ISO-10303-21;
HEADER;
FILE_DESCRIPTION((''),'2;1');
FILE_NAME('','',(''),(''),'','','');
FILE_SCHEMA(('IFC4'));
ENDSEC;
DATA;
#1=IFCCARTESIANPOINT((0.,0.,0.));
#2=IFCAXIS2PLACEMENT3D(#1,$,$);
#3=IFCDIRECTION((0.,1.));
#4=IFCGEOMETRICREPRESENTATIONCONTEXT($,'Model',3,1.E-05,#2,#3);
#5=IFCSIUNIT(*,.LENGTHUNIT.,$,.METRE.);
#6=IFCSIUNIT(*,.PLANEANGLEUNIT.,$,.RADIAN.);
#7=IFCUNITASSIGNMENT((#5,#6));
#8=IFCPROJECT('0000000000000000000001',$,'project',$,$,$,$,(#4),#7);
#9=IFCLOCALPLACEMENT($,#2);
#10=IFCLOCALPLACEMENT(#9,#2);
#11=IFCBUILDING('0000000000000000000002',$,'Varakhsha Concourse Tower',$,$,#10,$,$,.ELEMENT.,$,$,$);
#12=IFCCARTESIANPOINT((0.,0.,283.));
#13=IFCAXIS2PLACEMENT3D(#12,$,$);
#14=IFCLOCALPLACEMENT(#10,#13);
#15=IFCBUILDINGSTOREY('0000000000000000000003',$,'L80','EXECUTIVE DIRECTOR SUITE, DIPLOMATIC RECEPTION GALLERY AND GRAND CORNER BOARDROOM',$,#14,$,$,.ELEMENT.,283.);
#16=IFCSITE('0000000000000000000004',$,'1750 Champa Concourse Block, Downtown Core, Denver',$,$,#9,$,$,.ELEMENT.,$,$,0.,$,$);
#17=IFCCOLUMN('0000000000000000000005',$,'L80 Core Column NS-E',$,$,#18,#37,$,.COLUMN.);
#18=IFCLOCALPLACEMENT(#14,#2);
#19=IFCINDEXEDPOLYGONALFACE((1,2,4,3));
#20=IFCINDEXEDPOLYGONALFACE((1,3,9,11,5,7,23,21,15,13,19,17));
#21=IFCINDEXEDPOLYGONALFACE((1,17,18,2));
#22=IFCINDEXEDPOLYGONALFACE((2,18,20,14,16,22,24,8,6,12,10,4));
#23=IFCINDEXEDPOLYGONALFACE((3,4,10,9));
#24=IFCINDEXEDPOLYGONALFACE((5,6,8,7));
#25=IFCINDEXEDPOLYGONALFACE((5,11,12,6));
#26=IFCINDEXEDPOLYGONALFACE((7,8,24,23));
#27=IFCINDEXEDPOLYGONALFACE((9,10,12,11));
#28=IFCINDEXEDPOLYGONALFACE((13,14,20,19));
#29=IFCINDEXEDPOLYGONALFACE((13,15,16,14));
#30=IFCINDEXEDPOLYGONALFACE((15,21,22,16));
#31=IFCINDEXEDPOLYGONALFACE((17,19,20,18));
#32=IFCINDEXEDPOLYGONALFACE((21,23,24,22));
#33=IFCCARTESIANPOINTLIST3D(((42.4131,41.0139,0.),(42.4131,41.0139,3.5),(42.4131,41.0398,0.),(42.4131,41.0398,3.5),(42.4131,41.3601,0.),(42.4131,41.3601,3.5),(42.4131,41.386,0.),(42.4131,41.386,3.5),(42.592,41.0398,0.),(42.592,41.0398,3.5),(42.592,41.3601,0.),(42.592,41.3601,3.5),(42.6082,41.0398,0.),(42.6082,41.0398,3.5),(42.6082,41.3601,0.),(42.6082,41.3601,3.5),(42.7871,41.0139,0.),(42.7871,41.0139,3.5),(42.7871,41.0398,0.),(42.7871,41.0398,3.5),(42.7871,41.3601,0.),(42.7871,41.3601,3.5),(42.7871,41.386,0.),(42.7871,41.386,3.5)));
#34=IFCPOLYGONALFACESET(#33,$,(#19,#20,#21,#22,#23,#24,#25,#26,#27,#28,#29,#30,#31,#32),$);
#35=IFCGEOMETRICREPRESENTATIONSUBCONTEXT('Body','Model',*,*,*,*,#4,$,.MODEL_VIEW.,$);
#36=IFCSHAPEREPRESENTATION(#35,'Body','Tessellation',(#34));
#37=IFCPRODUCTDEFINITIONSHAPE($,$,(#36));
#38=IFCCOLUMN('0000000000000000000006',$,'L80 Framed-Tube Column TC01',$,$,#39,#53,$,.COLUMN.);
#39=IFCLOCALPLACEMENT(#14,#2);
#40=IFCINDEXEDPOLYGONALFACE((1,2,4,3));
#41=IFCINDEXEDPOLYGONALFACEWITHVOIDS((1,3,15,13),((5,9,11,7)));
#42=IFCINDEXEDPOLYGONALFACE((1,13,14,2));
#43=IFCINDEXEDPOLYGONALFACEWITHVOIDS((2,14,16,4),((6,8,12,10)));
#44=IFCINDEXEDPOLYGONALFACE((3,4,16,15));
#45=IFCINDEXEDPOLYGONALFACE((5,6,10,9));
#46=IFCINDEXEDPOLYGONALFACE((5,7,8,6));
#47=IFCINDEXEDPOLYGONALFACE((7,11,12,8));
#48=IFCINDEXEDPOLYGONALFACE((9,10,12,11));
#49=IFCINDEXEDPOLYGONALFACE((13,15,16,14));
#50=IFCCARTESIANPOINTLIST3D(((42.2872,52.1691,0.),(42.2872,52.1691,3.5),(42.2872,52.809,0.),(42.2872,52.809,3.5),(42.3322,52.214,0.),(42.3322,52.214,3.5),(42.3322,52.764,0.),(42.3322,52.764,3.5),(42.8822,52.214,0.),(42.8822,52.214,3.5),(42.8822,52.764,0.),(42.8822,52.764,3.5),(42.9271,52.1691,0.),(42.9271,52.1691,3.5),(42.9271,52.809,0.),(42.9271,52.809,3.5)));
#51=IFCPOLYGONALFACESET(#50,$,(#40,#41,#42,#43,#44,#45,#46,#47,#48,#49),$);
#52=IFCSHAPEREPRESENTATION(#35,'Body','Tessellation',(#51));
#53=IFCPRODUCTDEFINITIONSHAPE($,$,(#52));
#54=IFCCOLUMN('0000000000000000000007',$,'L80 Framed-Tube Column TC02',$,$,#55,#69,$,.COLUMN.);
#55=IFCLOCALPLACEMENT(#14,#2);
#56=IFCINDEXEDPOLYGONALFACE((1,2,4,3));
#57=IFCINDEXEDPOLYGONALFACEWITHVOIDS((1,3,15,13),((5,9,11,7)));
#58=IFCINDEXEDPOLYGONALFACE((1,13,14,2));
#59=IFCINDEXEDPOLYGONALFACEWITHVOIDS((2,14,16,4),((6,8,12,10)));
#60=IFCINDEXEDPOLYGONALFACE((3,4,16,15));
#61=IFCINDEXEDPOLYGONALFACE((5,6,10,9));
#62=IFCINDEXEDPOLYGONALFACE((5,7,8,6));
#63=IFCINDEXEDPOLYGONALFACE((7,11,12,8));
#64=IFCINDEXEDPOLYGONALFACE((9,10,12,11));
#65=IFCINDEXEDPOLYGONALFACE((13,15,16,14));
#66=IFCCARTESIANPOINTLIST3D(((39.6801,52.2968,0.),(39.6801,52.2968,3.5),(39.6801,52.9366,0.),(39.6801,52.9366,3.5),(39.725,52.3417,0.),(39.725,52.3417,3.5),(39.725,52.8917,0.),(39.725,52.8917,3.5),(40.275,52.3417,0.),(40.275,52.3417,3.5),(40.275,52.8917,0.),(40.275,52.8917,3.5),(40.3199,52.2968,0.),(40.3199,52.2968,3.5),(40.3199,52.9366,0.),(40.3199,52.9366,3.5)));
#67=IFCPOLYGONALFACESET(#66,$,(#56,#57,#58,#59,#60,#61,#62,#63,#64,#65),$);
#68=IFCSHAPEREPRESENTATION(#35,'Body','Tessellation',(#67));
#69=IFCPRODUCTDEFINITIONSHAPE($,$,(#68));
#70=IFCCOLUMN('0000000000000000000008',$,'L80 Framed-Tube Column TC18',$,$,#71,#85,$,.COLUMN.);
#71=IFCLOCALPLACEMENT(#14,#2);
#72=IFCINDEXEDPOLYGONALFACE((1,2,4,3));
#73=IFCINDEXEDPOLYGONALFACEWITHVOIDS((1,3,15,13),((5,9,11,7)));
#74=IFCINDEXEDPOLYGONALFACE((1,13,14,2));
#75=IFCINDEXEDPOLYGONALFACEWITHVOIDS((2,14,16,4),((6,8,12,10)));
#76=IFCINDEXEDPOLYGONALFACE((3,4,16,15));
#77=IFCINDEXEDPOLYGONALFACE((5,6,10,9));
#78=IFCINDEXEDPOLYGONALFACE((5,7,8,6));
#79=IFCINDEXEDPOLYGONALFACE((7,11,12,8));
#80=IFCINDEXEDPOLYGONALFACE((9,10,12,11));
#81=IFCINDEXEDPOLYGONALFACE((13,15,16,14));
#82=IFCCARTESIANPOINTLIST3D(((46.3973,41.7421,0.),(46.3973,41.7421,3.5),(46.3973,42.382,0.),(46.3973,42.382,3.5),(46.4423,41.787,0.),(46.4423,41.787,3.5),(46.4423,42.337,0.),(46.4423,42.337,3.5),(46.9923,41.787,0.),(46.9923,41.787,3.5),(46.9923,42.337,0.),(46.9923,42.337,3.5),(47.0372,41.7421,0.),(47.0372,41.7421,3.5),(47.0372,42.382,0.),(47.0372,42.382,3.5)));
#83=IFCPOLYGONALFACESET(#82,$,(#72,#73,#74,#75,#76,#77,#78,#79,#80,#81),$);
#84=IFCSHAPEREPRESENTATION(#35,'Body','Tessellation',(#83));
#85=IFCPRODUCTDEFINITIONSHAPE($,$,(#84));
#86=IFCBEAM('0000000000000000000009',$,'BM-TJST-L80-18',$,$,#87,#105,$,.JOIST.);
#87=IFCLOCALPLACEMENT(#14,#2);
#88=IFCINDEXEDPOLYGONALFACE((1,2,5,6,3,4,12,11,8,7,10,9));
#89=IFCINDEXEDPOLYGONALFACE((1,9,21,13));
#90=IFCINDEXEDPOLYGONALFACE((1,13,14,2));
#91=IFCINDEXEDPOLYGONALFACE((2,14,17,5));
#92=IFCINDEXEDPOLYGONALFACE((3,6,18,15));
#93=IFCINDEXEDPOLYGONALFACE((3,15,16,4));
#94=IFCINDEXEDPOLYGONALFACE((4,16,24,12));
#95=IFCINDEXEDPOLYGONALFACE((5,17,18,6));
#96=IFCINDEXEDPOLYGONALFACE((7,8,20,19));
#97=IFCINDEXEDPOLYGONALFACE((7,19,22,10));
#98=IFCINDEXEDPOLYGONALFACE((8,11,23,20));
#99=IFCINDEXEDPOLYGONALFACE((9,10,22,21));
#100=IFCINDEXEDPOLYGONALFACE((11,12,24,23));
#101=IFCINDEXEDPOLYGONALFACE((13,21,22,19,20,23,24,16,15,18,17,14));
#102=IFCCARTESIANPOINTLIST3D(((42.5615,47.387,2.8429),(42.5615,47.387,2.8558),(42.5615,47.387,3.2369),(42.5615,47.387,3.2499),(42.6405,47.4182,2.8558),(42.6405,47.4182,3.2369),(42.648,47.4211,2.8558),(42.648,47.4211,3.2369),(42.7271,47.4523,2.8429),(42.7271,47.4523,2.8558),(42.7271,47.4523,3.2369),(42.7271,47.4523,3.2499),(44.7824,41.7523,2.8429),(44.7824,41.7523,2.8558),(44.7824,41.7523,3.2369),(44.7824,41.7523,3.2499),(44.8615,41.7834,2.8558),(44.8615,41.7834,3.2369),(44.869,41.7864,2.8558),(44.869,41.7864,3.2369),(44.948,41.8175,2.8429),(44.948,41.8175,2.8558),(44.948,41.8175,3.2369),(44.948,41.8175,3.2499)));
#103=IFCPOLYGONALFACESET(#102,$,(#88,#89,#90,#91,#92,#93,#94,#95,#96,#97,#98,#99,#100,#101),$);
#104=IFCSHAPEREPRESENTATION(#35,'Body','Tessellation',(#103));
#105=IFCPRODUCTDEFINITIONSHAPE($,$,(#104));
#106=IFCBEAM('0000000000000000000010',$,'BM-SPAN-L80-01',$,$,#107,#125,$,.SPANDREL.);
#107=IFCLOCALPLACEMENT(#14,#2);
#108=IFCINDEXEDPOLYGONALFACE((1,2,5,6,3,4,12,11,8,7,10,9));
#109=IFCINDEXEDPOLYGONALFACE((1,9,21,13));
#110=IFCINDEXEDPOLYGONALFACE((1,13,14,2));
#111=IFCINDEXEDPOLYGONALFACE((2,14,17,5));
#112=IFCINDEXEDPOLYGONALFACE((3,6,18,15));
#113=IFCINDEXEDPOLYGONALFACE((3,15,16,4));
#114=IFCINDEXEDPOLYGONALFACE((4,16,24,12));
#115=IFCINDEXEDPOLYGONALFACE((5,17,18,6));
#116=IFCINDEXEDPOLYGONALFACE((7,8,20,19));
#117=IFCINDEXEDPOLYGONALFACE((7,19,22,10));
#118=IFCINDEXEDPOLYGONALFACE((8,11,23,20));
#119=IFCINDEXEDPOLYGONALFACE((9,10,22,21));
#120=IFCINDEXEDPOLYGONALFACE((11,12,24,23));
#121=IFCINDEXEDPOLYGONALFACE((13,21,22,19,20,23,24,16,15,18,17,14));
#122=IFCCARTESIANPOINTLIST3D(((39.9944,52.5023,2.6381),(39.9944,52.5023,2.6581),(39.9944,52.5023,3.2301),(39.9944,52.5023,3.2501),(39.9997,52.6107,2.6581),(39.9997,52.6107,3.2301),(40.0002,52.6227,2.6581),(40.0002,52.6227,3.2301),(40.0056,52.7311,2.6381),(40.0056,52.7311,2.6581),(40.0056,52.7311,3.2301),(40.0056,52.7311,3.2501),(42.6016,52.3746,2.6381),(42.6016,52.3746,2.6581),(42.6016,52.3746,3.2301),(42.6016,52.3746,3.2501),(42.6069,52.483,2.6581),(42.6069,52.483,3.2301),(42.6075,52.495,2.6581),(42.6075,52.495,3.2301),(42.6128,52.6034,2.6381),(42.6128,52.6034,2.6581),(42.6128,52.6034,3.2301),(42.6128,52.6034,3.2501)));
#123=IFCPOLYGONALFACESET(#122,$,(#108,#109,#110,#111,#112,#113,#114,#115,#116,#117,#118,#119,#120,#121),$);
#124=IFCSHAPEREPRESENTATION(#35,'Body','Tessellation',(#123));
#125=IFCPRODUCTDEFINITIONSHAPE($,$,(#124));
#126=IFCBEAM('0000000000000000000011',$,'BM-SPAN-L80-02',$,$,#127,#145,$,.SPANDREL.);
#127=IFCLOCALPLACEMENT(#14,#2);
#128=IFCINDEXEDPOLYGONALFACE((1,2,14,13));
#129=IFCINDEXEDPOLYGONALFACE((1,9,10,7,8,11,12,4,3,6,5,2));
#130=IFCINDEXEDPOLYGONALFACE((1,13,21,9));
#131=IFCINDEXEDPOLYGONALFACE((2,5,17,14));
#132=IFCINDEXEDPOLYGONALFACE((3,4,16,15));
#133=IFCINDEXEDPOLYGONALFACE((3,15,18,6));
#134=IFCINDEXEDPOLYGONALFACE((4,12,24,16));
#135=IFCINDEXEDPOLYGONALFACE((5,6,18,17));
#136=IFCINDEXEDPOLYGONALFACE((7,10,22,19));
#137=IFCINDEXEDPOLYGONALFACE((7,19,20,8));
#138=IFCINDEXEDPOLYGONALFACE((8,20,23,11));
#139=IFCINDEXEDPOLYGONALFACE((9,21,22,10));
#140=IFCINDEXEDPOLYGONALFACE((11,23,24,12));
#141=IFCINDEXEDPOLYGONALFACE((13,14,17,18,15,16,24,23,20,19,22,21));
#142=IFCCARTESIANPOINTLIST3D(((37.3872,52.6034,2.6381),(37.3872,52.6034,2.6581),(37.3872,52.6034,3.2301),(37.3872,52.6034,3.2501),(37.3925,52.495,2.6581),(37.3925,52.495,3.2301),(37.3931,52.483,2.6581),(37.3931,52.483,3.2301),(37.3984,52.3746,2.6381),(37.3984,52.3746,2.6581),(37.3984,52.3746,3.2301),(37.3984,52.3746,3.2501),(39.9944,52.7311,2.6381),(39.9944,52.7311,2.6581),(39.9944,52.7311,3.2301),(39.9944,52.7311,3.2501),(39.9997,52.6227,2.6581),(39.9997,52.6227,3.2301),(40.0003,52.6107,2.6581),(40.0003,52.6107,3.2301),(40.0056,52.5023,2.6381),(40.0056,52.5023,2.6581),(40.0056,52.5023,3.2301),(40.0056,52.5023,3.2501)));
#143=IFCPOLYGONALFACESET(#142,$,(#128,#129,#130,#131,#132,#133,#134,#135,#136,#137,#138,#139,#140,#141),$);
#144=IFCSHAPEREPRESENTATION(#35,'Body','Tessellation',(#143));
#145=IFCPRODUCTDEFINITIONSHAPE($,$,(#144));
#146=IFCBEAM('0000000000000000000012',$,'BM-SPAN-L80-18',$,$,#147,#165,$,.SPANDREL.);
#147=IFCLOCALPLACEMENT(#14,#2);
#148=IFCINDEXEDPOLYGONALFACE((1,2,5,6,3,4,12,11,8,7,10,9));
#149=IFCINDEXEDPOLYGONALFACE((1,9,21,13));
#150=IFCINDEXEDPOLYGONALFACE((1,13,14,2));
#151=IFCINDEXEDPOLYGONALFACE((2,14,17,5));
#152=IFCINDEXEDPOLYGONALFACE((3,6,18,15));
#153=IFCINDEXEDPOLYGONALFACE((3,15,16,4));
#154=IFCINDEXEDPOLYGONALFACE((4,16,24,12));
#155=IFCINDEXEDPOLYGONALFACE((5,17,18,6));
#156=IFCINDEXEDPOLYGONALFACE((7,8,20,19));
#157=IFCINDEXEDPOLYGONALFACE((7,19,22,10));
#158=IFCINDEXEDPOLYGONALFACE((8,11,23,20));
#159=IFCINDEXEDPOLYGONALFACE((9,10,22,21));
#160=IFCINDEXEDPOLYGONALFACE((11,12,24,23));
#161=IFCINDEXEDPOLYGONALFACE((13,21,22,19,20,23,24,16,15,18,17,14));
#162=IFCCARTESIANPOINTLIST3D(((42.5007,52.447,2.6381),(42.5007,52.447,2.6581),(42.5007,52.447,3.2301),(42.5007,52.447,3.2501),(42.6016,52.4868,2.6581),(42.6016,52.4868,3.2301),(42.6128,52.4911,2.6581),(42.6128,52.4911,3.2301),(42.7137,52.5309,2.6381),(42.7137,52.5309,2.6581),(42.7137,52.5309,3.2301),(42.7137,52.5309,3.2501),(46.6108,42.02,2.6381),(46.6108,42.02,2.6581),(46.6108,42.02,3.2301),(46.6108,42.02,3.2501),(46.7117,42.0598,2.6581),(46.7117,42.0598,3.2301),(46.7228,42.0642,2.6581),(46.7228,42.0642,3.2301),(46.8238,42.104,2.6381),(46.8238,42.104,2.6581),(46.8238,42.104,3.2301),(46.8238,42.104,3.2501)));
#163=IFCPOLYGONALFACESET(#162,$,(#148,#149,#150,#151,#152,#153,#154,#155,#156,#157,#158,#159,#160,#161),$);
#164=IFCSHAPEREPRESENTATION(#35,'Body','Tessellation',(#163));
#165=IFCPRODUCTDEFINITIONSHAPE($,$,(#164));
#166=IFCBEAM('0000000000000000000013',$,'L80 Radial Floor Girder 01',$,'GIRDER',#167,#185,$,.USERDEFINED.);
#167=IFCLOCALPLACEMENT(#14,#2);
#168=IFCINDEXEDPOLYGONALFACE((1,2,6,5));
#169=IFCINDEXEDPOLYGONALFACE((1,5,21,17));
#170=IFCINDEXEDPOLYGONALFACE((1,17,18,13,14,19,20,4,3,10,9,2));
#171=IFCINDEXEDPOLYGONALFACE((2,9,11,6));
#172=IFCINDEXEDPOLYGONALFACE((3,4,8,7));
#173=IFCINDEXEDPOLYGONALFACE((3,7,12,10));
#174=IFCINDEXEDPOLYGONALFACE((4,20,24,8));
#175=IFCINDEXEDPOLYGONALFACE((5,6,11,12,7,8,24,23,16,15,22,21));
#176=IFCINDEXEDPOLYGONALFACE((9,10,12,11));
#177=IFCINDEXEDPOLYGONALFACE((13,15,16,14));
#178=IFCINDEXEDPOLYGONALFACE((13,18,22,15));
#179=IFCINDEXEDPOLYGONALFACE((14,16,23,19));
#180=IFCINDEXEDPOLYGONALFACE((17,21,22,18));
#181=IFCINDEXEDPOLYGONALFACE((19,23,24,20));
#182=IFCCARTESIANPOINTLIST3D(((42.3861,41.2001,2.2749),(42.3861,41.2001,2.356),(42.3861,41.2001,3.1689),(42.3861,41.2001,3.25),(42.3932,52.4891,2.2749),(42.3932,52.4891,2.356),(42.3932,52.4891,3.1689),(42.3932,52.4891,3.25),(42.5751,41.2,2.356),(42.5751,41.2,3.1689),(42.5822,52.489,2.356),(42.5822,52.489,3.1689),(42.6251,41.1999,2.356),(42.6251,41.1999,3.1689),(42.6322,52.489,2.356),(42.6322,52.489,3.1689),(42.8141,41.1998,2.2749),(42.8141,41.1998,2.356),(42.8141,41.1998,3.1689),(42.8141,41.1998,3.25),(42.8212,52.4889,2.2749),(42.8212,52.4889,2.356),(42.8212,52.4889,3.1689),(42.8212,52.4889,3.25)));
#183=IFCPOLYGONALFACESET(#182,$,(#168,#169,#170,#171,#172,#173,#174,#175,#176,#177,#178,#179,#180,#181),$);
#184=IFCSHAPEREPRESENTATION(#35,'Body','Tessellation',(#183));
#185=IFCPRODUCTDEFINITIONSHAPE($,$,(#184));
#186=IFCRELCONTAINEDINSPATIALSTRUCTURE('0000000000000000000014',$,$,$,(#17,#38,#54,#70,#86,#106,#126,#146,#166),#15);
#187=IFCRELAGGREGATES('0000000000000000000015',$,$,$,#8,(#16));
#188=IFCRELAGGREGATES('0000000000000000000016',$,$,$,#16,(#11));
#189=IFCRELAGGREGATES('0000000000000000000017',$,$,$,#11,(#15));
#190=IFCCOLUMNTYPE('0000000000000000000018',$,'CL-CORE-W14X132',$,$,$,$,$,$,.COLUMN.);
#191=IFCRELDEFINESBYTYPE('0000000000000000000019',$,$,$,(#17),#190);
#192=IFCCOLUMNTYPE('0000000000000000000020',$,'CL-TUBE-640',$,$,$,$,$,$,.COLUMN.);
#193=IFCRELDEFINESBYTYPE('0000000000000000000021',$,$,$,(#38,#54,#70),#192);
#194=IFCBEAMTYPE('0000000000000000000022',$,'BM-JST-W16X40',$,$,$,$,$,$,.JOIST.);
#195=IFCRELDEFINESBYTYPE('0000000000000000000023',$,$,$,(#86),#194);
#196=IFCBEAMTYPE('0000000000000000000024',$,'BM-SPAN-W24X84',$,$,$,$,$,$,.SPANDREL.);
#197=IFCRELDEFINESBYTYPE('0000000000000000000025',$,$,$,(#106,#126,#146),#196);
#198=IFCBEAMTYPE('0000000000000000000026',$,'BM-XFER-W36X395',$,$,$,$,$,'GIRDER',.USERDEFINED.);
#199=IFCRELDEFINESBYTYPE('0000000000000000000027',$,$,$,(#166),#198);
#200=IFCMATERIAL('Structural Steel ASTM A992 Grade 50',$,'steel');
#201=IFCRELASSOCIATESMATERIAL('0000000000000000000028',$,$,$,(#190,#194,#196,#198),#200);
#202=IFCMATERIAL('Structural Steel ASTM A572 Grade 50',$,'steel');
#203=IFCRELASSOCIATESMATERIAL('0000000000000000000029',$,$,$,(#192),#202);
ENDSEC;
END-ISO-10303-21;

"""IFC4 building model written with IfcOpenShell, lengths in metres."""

from ifc_helpers import new_model, si_unit, direction, frame, origin, origin_2d, place, context, subcontext, project, spatial, hollow_rectangle, i_section, extrude, material, material_profile, profile_set, type_object, element, save


model = new_model("IFC4")

# Units and contexts
model_context = context("Model", 3, precision=1e-05, world=origin(), true_north=direction((0.0, 1.0)))
body_context = subcontext(model_context, "Body", "Model", "MODEL_VIEW")
ifc_project = project(units=[si_unit("LENGTHUNIT", "METRE"), si_unit("PLANEANGLEUNIT", "RADIAN")], contexts=[model_context])

# Site, building, storey
site_placement = place(None, origin())
site = spatial("IfcSite", under=ifc_project, at=site_placement, Name="1750 Champa Concourse Block, Downtown Core, Denver", CompositionType="ELEMENT", RefElevation=0.0)
building_placement = place(site_placement, origin())
building = spatial("IfcBuilding", under=site, at=building_placement, Name="Varakhsha Concourse Tower", CompositionType="ELEMENT")
storey_placement = place(building_placement, frame((0.0, 0.0, 283.0)))
storey = spatial("IfcBuildingStorey", under=building, at=storey_placement, Name="L80", Description="EXECUTIVE DIRECTOR SUITE, DIPLOMATIC RECEPTION GALLERY AND GRAND CORNER BOARDROOM", CompositionType="ELEMENT", Elevation=283.0)

# Columns
ifc_material_1 = material(Name="Structural Steel ASTM A992 Grade 50", Category="steel")
ifc_material_profile_1 = material_profile(ifc_material_1, i_section(OverallWidth=0.374, OverallDepth=0.3721, WebThickness=0.0161, FlangeThickness=0.0259, at=origin_2d()), Name="W14X132")
ifc_profile_set_1 = profile_set([ifc_material_profile_1], Name="Structural Steel ASTM A992 Grade 50")
column_type_1 = type_object("IfcColumnType", Name="CL-CORE-W14X132", PredefinedType="COLUMN", material=ifc_profile_set_1)
column_placement = place(storey_placement, frame((42.6001, 41.2, 0.0), z_axis=(0.0, 0.0, 1.0), x_axis=(1.0, 0.0, 0.0)))
element("IfcColumn", 1, at=column_placement, inside=storey, type_object=column_type_1, Name="L80 Core Column NS-E", PredefinedType="COLUMN", context=body_context, shape_type="SweptSolid", body=[
    extrude(i_section(OverallWidth=0.374, OverallDepth=0.3721, WebThickness=0.0161, FlangeThickness=0.0259, at=origin_2d()), origin(), (0.0, 0.0, 1.0), 3.5),
])
ifc_material_2 = material(Name="Structural Steel ASTM A572 Grade 50", Category="steel")
ifc_material_profile_2 = material_profile(ifc_material_2, hollow_rectangle(XDim=0.6399, YDim=0.6399, WallThickness=0.0449, at=origin_2d()), Name="BOX 640x640x45")
ifc_profile_set_2 = profile_set([ifc_material_profile_2], Name="Structural Steel ASTM A572 Grade 50")
column_type_2 = type_object("IfcColumnType", Name="CL-TUBE-640", PredefinedType="COLUMN", material=ifc_profile_set_2)
for number, where, z_axis, x_axis, name in (
    (2, (42.6072, 52.489, 0.0), (0.0, 0.0, 1.0), (1.0, 0.0, 0.0), "L80 Framed-Tube Column TC01"),
    (3, (40.0, 52.6167, 0.0), (0.0, 0.0, 1.0), (1.0, 0.0, 0.0), "L80 Framed-Tube Column TC02"),
    (4, (46.7173, 42.062, 0.0), (0.0, 0.0, 1.0), (1.0, 0.0, 0.0), "L80 Framed-Tube Column TC18"),
):
    element("IfcColumn", number, at=place(storey_placement, frame(where, z_axis=z_axis, x_axis=x_axis)), inside=storey, type_object=column_type_2, Name=name, PredefinedType="COLUMN", context=body_context, shape_type="SweptSolid", body=[
        extrude(hollow_rectangle(XDim=0.6399, YDim=0.6399, WallThickness=0.0449, at=origin_2d()), origin(), (0.0, 0.0, 1.0), 3.5),
    ])

# Beams
ifc_material_profile_3 = material_profile(ifc_material_1, i_section(OverallWidth=0.178, OverallDepth=0.407, WebThickness=0.0081, FlangeThickness=0.0129, at=origin_2d()), Name="W16X40")
ifc_profile_set_3 = profile_set([ifc_material_profile_3], Name="Structural Steel ASTM A992 Grade 50")
beam_type_1 = type_object("IfcBeamType", Name="BM-JST-W16X40", PredefinedType="JOIST", material=ifc_profile_set_3)
beam_1_placement = place(storey_placement, frame((44.8652, 41.7849, 3.0464), z_axis=(-0.366695, 0.930341, 0.0), x_axis=(-0.930341, -0.366695, 0.0)))
element("IfcBeam", 5, at=beam_1_placement, inside=storey, type_object=beam_type_1, Name="BM-TJST-L80-18", PredefinedType="JOIST", context=body_context, shape_type="SweptSolid", body=[
    extrude(i_section(OverallWidth=0.178, OverallDepth=0.407, WebThickness=0.0081, FlangeThickness=0.0129, at=origin_2d()), origin(), (0.0, 0.0, 1.0), 6.0566),
])
ifc_material_profile_4 = material_profile(ifc_material_1, i_section(OverallWidth=0.229, OverallDepth=0.6121, WebThickness=0.012, FlangeThickness=0.02, at=origin_2d()), Name="W24X84")
ifc_profile_set_4 = profile_set([ifc_material_profile_4], Name="Structural Steel ASTM A992 Grade 50")
beam_type_2 = type_object("IfcBeamType", Name="BM-SPAN-W24X84", PredefinedType="SPANDREL", material=ifc_profile_set_4)
for number, where, z_axis, x_axis, name in (
    (6, (42.6072, 52.489, 2.9441), (-0.998803, 0.048916, 0.0), (-0.048916, -0.998803, 0.0), "BM-SPAN-L80-01"),
    (7, (40.0, 52.6167, 2.9441), (-0.998803, -0.048916, 0.0), (0.048916, -0.998803, 0.0), "BM-SPAN-L80-02"),
):
    element("IfcBeam", number, at=place(storey_placement, frame(where, z_axis=z_axis, x_axis=x_axis)), inside=storey, type_object=beam_type_2, Name=name, PredefinedType="SPANDREL", context=body_context, shape_type="SweptSolid", body=[
        extrude(i_section(OverallWidth=0.229, OverallDepth=0.6121, WebThickness=0.012, FlangeThickness=0.02, at=origin_2d()), origin(), (0.0, 0.0, 1.0), 2.6104),
    ])
beam_2_placement = place(storey_placement, frame((46.7173, 42.062, 2.9441), z_axis=(-0.366718, 0.930332, 0.0), x_axis=(-0.930332, -0.366718, 0.0)))
element("IfcBeam", 8, at=beam_2_placement, inside=storey, type_object=beam_type_2, Name="BM-SPAN-L80-18", PredefinedType="SPANDREL", context=body_context, shape_type="SweptSolid", body=[
    extrude(i_section(OverallWidth=0.229, OverallDepth=0.6121, WebThickness=0.012, FlangeThickness=0.02, at=origin_2d()), origin(), (0.0, 0.0, 1.0), 11.2078),
])
ifc_material_profile_5 = material_profile(ifc_material_1, i_section(OverallWidth=0.428, OverallDepth=0.9751, WebThickness=0.05, FlangeThickness=0.0811, at=origin_2d()), Name="W36X395")
ifc_profile_set_5 = profile_set([ifc_material_profile_5], Name="Structural Steel ASTM A992 Grade 50")
beam_type_3 = type_object("IfcBeamType", Name="BM-XFER-W36X395", ElementType="GIRDER", PredefinedType="USERDEFINED", material=ifc_profile_set_5)
beam_3_placement = place(storey_placement, frame((42.6001, 41.2, 2.7625), z_axis=(0.000627, 1.0, 0.0), x_axis=(-1.0, 0.000627, 0.0)))
element("IfcBeam", 9, at=beam_3_placement, inside=storey, type_object=beam_type_3, Name="L80 Radial Floor Girder 01", ObjectType="GIRDER", PredefinedType="USERDEFINED", context=body_context, shape_type="SweptSolid", body=[
    extrude(i_section(OverallWidth=0.428, OverallDepth=0.9751, WebThickness=0.05, FlangeThickness=0.0811, at=origin_2d()), origin(), (0.0, 0.0, 1.0), 11.2891),
])

save(model, "model.ifc")
